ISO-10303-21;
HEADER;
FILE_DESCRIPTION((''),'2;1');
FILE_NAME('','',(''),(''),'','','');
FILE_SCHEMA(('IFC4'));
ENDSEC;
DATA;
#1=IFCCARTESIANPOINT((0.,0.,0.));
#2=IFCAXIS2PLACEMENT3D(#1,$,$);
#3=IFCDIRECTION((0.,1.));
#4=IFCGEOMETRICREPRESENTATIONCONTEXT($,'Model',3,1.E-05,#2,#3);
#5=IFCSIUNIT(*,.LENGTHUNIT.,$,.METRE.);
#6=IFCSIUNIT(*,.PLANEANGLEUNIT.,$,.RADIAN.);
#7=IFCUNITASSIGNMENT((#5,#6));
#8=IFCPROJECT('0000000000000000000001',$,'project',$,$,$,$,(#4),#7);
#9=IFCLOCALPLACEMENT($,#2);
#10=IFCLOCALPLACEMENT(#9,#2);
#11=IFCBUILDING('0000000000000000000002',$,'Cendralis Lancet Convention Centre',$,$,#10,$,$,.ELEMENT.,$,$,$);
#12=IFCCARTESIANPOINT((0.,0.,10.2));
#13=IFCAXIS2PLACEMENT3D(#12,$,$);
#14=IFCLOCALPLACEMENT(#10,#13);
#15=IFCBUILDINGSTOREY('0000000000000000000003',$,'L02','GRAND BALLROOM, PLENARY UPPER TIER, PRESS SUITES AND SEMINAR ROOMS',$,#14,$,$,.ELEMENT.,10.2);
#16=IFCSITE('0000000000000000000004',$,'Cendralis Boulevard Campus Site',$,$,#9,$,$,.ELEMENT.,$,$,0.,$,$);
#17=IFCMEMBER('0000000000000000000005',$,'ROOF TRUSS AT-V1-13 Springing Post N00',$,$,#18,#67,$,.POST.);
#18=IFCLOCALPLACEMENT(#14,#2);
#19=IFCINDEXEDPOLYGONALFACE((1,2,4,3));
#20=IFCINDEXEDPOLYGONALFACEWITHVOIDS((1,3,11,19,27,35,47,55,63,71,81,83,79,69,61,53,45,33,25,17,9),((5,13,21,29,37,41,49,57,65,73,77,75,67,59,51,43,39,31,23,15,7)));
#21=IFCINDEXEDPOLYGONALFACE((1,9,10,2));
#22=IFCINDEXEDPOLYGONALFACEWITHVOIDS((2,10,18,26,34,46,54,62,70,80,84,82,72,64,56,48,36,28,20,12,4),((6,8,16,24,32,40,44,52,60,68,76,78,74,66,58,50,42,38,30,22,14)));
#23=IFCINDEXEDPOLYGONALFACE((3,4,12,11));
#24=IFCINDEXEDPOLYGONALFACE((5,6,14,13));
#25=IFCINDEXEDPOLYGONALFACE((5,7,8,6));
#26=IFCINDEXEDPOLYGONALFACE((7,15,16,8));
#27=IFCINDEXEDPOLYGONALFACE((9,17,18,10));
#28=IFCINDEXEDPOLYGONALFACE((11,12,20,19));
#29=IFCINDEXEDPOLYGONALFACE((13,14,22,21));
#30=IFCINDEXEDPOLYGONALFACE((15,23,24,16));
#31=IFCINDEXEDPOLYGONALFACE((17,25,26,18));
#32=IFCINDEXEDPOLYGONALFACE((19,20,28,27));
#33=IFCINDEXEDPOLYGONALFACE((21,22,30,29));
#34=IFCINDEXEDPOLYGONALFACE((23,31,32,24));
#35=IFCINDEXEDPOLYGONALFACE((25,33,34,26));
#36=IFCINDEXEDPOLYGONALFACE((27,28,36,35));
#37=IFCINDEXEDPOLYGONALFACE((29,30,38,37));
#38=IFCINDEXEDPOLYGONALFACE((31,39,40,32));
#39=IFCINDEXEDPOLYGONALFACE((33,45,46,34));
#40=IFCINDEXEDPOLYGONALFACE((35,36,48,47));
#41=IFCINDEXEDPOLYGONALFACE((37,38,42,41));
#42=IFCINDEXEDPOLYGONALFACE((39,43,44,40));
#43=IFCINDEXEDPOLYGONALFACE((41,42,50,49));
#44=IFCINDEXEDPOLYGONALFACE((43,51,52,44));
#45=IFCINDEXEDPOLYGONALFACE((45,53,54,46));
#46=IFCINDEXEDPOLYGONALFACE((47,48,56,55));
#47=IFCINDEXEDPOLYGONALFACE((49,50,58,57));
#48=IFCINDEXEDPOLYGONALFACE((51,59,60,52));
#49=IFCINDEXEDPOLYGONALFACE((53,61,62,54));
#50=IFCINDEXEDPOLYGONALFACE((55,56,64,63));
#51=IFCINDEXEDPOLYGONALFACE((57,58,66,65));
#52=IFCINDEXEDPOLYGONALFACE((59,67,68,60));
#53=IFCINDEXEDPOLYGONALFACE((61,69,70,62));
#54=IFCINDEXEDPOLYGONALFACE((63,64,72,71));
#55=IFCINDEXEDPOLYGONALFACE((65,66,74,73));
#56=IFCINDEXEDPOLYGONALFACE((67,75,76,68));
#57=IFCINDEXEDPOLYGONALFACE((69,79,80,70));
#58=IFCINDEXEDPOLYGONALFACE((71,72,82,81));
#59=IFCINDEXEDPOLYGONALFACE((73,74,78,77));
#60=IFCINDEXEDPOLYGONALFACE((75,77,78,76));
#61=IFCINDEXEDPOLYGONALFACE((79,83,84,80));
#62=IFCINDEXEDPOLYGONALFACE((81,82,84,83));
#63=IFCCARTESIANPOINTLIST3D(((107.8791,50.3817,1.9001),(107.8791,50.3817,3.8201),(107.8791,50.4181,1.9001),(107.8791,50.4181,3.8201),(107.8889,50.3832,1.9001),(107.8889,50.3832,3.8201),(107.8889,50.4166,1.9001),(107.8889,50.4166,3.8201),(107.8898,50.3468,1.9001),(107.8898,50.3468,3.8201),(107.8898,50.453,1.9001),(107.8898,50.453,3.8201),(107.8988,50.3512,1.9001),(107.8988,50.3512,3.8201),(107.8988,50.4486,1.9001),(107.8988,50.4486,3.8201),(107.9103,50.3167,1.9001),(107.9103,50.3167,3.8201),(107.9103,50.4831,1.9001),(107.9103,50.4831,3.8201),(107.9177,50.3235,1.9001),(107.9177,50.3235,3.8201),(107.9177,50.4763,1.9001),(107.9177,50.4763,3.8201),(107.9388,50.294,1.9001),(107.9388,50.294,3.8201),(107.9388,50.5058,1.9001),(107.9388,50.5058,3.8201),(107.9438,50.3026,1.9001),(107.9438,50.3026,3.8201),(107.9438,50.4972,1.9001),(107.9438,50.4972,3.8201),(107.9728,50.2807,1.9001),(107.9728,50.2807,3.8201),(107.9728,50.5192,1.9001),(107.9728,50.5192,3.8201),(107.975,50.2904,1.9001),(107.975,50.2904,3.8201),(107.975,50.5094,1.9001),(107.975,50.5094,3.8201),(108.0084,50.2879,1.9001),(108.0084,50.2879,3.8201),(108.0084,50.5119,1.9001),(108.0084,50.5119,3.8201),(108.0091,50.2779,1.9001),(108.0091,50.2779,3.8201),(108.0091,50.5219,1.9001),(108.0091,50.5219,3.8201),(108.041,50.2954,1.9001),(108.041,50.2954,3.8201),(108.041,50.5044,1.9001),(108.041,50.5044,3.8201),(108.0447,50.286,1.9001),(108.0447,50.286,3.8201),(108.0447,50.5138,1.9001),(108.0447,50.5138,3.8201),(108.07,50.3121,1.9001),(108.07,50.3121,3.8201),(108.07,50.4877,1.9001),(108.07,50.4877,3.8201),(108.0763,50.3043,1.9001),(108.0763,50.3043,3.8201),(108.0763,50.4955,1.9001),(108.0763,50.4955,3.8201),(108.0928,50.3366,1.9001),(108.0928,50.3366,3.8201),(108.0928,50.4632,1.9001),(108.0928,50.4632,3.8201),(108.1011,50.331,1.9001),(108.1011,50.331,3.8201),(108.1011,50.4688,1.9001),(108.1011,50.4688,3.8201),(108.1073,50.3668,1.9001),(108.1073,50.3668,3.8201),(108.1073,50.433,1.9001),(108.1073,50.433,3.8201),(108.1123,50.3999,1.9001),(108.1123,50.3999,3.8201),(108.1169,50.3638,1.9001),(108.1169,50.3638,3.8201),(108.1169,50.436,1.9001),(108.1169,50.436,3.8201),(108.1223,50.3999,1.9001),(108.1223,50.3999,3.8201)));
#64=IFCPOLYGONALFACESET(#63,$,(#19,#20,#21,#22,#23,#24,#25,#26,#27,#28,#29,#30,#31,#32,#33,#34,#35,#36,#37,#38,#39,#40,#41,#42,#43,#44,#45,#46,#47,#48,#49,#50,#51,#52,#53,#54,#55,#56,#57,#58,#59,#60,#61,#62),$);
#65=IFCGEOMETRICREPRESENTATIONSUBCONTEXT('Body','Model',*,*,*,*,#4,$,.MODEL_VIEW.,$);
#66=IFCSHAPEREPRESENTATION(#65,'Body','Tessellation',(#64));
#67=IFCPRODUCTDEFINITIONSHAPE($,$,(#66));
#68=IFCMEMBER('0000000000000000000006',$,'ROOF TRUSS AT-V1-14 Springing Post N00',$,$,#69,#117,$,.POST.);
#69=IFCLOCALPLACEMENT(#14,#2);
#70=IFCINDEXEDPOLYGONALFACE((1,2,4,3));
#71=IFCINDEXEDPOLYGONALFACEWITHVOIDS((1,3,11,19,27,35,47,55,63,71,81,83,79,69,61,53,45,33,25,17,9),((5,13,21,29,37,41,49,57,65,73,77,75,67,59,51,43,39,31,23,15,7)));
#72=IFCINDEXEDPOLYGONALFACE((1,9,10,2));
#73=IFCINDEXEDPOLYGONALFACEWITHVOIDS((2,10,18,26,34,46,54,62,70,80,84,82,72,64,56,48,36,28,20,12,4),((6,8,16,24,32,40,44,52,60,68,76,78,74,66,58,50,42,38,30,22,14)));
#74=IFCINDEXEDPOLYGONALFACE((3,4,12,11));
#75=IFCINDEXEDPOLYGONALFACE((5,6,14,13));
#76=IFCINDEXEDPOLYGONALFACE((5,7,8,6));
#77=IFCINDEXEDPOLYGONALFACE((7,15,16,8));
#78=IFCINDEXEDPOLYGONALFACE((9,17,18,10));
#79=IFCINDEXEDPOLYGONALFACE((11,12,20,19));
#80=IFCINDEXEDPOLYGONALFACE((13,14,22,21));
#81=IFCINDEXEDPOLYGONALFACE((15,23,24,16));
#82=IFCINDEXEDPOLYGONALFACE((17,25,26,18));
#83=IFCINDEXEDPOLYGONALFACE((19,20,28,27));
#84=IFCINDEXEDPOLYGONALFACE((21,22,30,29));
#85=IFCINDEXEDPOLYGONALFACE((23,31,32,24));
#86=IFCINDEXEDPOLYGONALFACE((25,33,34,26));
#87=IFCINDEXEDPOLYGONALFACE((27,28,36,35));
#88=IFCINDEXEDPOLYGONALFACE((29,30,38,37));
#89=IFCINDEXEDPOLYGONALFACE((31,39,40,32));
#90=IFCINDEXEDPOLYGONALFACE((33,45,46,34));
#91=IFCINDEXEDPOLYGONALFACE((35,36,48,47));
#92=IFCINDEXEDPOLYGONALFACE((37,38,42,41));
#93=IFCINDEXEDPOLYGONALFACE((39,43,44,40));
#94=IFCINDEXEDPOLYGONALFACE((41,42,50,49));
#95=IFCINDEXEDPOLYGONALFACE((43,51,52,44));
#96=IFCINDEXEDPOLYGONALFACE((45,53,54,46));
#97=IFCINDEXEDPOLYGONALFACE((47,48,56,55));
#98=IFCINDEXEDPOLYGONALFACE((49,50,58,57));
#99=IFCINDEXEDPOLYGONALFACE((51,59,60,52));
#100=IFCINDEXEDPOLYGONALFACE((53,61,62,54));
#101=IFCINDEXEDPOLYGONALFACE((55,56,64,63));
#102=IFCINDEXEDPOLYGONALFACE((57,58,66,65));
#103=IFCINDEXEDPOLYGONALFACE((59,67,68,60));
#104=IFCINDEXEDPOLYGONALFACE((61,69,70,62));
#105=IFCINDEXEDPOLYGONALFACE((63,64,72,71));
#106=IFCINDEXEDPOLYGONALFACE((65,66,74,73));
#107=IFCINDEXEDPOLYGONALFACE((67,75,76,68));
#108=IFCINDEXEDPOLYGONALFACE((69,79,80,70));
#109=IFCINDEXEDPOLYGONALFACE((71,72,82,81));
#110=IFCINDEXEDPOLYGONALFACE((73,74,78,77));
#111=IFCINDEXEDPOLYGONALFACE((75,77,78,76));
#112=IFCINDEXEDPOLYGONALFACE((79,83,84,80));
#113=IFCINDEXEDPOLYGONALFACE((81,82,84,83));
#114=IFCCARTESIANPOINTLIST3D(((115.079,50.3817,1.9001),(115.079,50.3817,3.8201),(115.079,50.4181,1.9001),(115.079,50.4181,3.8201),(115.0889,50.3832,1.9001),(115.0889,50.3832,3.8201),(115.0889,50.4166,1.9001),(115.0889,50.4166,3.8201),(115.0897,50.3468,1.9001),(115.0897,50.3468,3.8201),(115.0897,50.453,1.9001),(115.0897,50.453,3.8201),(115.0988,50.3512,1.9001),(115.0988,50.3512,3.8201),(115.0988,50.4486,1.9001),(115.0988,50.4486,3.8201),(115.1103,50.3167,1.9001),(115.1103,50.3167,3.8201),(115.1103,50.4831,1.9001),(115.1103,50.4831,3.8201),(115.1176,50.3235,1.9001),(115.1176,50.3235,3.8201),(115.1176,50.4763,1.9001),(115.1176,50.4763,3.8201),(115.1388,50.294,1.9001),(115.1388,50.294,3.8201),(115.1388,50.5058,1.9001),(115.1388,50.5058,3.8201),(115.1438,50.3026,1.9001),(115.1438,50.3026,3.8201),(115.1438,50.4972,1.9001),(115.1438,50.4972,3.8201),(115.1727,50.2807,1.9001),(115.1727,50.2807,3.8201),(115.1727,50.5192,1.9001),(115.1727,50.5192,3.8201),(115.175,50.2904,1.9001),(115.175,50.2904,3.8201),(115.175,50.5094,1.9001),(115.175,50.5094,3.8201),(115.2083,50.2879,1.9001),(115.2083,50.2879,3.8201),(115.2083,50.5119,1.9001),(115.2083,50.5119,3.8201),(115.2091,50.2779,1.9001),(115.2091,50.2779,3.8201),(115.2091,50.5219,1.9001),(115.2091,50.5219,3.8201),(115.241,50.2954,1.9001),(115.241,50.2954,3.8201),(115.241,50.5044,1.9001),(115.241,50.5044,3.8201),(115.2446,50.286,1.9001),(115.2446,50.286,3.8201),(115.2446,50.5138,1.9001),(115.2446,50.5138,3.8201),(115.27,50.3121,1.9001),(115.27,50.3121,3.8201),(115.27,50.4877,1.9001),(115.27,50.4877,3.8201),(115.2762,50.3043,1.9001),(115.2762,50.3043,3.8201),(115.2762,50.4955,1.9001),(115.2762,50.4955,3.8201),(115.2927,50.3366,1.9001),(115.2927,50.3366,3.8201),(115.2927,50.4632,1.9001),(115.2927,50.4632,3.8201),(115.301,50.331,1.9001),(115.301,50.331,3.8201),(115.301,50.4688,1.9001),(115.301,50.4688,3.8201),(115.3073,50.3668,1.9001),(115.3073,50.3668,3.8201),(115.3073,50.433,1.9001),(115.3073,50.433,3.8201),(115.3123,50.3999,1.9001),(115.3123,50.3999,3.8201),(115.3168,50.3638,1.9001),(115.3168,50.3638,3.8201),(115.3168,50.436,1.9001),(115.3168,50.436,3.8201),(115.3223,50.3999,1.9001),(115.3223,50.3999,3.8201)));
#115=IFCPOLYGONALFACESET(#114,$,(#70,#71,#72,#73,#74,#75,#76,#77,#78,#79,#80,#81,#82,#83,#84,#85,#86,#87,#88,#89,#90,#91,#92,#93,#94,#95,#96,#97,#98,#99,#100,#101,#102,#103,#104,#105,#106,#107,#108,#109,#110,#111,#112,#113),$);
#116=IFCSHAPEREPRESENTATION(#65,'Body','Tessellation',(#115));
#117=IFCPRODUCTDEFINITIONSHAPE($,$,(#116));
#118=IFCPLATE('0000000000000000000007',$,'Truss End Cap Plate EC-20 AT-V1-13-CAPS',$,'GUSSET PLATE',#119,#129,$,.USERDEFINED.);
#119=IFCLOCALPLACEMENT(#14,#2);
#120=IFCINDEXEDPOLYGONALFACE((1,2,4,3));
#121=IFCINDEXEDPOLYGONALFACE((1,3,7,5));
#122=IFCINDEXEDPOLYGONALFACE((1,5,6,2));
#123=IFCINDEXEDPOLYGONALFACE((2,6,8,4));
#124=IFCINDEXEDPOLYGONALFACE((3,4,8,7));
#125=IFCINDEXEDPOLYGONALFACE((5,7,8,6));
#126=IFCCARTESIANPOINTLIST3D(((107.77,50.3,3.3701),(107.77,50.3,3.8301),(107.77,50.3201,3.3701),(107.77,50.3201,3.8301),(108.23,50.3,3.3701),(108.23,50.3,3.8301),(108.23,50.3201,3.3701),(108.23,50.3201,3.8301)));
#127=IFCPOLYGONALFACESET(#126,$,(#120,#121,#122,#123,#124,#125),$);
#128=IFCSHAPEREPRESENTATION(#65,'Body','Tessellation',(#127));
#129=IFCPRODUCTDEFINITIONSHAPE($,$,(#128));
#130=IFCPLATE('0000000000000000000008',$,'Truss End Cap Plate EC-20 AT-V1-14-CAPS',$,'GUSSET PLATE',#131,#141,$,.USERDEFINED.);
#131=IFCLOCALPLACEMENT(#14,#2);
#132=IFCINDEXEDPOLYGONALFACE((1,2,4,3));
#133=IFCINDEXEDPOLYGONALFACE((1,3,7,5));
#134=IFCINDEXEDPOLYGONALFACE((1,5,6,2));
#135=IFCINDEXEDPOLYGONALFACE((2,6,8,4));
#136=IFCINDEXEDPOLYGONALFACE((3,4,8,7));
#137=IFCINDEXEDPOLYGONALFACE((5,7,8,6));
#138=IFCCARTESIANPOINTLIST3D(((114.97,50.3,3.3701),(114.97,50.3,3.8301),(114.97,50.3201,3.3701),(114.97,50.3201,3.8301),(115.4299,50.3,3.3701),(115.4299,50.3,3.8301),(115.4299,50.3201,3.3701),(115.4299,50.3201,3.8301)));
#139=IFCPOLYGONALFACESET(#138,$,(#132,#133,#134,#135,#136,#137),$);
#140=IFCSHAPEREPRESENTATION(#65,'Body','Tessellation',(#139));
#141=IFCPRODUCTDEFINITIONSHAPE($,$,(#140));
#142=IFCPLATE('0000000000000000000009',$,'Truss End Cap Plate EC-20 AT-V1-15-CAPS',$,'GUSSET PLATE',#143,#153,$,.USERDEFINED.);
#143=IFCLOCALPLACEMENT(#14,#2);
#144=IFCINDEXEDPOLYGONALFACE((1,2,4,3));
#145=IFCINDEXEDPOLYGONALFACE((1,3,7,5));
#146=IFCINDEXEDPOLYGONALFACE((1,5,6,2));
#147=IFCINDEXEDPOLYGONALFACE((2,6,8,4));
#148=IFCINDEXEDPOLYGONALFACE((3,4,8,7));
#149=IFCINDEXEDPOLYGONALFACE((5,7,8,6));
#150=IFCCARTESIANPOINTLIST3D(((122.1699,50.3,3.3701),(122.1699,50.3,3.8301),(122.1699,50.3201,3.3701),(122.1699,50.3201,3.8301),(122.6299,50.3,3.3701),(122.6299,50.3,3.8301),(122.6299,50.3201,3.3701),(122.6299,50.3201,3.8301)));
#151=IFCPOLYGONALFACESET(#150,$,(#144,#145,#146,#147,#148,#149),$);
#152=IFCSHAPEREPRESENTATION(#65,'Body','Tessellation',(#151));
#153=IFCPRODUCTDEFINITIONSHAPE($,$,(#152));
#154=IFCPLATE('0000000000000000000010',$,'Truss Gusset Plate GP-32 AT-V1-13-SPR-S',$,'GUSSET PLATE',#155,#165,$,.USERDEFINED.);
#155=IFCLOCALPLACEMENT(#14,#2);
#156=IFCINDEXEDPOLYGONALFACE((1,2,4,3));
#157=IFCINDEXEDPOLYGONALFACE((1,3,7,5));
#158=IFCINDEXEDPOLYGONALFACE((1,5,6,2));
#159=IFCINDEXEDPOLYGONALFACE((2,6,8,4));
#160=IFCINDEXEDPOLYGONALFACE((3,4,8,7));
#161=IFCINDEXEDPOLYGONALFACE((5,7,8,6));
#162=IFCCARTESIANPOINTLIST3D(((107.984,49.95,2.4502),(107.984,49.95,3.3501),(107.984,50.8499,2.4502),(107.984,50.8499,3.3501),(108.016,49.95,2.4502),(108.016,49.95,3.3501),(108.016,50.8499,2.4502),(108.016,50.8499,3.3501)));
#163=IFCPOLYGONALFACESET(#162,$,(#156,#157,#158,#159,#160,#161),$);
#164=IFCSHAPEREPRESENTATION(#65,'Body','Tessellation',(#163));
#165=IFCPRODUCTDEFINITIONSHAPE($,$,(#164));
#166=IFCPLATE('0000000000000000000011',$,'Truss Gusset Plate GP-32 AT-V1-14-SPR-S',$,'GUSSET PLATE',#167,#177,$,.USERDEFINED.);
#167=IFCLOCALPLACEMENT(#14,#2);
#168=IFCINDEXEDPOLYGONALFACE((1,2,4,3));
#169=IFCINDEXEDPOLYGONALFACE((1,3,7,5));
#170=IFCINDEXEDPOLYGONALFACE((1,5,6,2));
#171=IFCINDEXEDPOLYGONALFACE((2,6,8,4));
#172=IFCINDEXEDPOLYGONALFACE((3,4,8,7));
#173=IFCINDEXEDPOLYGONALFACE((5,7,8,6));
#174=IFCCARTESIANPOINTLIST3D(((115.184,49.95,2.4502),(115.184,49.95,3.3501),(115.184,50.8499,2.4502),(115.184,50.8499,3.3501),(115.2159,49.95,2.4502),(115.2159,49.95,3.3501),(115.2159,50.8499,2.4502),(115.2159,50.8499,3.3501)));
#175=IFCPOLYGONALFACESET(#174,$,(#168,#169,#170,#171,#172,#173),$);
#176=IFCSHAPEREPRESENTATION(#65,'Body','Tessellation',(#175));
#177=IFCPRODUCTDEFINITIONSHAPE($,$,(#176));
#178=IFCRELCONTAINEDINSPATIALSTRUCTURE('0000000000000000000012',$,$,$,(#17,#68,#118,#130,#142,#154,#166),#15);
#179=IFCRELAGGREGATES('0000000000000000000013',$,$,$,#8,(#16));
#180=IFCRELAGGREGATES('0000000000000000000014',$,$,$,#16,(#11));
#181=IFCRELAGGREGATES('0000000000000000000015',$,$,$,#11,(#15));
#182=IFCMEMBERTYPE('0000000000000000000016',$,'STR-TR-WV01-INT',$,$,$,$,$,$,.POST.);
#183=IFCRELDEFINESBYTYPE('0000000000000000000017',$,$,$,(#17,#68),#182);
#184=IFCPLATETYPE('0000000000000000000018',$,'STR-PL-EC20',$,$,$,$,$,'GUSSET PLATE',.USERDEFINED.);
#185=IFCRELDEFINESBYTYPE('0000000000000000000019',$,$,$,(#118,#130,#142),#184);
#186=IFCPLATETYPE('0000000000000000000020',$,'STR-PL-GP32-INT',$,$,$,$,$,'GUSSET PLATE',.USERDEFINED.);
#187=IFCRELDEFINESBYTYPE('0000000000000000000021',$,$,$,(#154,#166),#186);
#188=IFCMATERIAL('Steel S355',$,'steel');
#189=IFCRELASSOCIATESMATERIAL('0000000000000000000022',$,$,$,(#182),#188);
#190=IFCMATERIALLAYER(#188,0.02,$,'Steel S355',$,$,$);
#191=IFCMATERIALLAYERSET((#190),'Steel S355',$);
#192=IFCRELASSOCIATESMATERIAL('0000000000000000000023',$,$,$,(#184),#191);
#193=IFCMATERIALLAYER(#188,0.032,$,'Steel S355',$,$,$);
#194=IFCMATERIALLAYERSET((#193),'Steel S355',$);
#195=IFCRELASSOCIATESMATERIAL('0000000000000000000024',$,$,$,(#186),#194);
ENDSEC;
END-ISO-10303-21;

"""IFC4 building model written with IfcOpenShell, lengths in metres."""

from ifc_helpers import new_model, si_unit, direction, frame, origin, origin_2d, place, context, subcontext, project, spatial, rectangle, hollow_circle, extrude, material, layer, layer_set, material_profile, profile_set, type_object, element, save


model = new_model("IFC4")

# Units and contexts
model_context = context("Model", 3, precision=1e-05, world=origin(), true_north=direction((0.0, 1.0)))
body_context = subcontext(model_context, "Body", "Model", "MODEL_VIEW")
ifc_project = project(units=[si_unit("LENGTHUNIT", "METRE"), si_unit("PLANEANGLEUNIT", "RADIAN")], contexts=[model_context])

# Site, building, storey
site_placement = place(None, origin())
site = spatial("IfcSite", under=ifc_project, at=site_placement, Name="Cendralis Boulevard Campus Site", CompositionType="ELEMENT", RefElevation=0.0)
building_placement = place(site_placement, origin())
building = spatial("IfcBuilding", under=site, at=building_placement, Name="Cendralis Lancet Convention Centre", CompositionType="ELEMENT")
storey_placement = place(building_placement, frame((0.0, 0.0, 10.2)))
storey = spatial("IfcBuildingStorey", under=building, at=storey_placement, Name="L02", Description="GRAND BALLROOM, PLENARY UPPER TIER, PRESS SUITES AND SEMINAR ROOMS", CompositionType="ELEMENT", Elevation=10.2)

# Members
ifc_material_1 = material(Name="Steel S355", Category="steel")
ifc_material_profile_1 = material_profile(ifc_material_1, hollow_circle(Radius=0.1223, WallThickness=0.01, at=origin_2d()), Name="CHS 244.5x10.0")
ifc_profile_set_1 = profile_set([ifc_material_profile_1], Name="Steel S355")
member_type_1 = type_object("IfcMemberType", Name="STR-TR-WV01-INT", PredefinedType="POST", material=ifc_profile_set_1)
for number, where, z_axis, x_axis, name in (
    (1, (108.0, 50.3999, 1.9001), (0.0, 0.0, 1.0), (1.0, 0.0, 0.0), "ROOF TRUSS AT-V1-13 Springing Post N00"),
    (2, (115.2, 50.3999, 1.9001), (0.0, 0.0, 1.0), (1.0, 0.0, 0.0), "ROOF TRUSS AT-V1-14 Springing Post N00"),
):
    element("IfcMember", number, at=place(storey_placement, frame(where, z_axis=z_axis, x_axis=x_axis)), inside=storey, type_object=member_type_1, Name=name, PredefinedType="POST", context=body_context, shape_type="SweptSolid", body=[
        extrude(hollow_circle(Radius=0.1223, WallThickness=0.01, at=origin_2d()), origin(), (0.0, 0.0, 1.0), 1.9199),
    ])

# Plates
ifc_layer_1 = layer(ifc_material_1, 0.02, Name="Steel S355")
ifc_layer_set_1 = layer_set([ifc_layer_1], Name="Steel S355")
plate_type_1 = type_object("IfcPlateType", Name="STR-PL-EC20", ElementType="GUSSET PLATE", PredefinedType="USERDEFINED", material=ifc_layer_set_1)
for number, where, z_axis, x_axis, name in (
    (3, (108.0, 50.3101, 3.3701), (0.0, 0.0, 1.0), (1.0, 0.0, 0.0), "Truss End Cap Plate EC-20 AT-V1-13-CAPS"),
    (4, (115.2, 50.3101, 3.3701), (0.0, 0.0, 1.0), (1.0, 0.0, 0.0), "Truss End Cap Plate EC-20 AT-V1-14-CAPS"),
    (5, (122.3999, 50.3101, 3.3701), (0.0, 0.0, 1.0), (1.0, 0.0, 0.0), "Truss End Cap Plate EC-20 AT-V1-15-CAPS"),
):
    element("IfcPlate", number, at=place(storey_placement, frame(where, z_axis=z_axis, x_axis=x_axis)), inside=storey, type_object=plate_type_1, Name=name, ObjectType="GUSSET PLATE", PredefinedType="USERDEFINED", context=body_context, shape_type="SweptSolid", body=[
        extrude(rectangle(XDim=0.46, YDim=0.02, at=origin_2d()), origin(), (0.0, 0.0, 1.0), 0.46),
    ])
ifc_layer_2 = layer(ifc_material_1, 0.032, Name="Steel S355")
ifc_layer_set_2 = layer_set([ifc_layer_2], Name="Steel S355")
plate_type_2 = type_object("IfcPlateType", Name="STR-PL-GP32-INT", ElementType="GUSSET PLATE", PredefinedType="USERDEFINED", material=ifc_layer_set_2)
for number, where, z_axis, x_axis, name in (
    (6, (108.0, 50.3999, 2.4502), (0.0, 0.0, 1.0), (0.0, 1.0, 0.0), "Truss Gusset Plate GP-32 AT-V1-13-SPR-S"),
    (7, (115.2, 50.3999, 2.4502), (0.0, 0.0, 1.0), (0.0, 1.0, 0.0), "Truss Gusset Plate GP-32 AT-V1-14-SPR-S"),
):
    element("IfcPlate", number, at=place(storey_placement, frame(where, z_axis=z_axis, x_axis=x_axis)), inside=storey, type_object=plate_type_2, Name=name, ObjectType="GUSSET PLATE", PredefinedType="USERDEFINED", context=body_context, shape_type="SweptSolid", body=[
        extrude(rectangle(XDim=0.8999, YDim=0.032, at=origin_2d()), origin(), (0.0, 0.0, 1.0), 0.8999),
    ])

save(model, "model.ifc")
